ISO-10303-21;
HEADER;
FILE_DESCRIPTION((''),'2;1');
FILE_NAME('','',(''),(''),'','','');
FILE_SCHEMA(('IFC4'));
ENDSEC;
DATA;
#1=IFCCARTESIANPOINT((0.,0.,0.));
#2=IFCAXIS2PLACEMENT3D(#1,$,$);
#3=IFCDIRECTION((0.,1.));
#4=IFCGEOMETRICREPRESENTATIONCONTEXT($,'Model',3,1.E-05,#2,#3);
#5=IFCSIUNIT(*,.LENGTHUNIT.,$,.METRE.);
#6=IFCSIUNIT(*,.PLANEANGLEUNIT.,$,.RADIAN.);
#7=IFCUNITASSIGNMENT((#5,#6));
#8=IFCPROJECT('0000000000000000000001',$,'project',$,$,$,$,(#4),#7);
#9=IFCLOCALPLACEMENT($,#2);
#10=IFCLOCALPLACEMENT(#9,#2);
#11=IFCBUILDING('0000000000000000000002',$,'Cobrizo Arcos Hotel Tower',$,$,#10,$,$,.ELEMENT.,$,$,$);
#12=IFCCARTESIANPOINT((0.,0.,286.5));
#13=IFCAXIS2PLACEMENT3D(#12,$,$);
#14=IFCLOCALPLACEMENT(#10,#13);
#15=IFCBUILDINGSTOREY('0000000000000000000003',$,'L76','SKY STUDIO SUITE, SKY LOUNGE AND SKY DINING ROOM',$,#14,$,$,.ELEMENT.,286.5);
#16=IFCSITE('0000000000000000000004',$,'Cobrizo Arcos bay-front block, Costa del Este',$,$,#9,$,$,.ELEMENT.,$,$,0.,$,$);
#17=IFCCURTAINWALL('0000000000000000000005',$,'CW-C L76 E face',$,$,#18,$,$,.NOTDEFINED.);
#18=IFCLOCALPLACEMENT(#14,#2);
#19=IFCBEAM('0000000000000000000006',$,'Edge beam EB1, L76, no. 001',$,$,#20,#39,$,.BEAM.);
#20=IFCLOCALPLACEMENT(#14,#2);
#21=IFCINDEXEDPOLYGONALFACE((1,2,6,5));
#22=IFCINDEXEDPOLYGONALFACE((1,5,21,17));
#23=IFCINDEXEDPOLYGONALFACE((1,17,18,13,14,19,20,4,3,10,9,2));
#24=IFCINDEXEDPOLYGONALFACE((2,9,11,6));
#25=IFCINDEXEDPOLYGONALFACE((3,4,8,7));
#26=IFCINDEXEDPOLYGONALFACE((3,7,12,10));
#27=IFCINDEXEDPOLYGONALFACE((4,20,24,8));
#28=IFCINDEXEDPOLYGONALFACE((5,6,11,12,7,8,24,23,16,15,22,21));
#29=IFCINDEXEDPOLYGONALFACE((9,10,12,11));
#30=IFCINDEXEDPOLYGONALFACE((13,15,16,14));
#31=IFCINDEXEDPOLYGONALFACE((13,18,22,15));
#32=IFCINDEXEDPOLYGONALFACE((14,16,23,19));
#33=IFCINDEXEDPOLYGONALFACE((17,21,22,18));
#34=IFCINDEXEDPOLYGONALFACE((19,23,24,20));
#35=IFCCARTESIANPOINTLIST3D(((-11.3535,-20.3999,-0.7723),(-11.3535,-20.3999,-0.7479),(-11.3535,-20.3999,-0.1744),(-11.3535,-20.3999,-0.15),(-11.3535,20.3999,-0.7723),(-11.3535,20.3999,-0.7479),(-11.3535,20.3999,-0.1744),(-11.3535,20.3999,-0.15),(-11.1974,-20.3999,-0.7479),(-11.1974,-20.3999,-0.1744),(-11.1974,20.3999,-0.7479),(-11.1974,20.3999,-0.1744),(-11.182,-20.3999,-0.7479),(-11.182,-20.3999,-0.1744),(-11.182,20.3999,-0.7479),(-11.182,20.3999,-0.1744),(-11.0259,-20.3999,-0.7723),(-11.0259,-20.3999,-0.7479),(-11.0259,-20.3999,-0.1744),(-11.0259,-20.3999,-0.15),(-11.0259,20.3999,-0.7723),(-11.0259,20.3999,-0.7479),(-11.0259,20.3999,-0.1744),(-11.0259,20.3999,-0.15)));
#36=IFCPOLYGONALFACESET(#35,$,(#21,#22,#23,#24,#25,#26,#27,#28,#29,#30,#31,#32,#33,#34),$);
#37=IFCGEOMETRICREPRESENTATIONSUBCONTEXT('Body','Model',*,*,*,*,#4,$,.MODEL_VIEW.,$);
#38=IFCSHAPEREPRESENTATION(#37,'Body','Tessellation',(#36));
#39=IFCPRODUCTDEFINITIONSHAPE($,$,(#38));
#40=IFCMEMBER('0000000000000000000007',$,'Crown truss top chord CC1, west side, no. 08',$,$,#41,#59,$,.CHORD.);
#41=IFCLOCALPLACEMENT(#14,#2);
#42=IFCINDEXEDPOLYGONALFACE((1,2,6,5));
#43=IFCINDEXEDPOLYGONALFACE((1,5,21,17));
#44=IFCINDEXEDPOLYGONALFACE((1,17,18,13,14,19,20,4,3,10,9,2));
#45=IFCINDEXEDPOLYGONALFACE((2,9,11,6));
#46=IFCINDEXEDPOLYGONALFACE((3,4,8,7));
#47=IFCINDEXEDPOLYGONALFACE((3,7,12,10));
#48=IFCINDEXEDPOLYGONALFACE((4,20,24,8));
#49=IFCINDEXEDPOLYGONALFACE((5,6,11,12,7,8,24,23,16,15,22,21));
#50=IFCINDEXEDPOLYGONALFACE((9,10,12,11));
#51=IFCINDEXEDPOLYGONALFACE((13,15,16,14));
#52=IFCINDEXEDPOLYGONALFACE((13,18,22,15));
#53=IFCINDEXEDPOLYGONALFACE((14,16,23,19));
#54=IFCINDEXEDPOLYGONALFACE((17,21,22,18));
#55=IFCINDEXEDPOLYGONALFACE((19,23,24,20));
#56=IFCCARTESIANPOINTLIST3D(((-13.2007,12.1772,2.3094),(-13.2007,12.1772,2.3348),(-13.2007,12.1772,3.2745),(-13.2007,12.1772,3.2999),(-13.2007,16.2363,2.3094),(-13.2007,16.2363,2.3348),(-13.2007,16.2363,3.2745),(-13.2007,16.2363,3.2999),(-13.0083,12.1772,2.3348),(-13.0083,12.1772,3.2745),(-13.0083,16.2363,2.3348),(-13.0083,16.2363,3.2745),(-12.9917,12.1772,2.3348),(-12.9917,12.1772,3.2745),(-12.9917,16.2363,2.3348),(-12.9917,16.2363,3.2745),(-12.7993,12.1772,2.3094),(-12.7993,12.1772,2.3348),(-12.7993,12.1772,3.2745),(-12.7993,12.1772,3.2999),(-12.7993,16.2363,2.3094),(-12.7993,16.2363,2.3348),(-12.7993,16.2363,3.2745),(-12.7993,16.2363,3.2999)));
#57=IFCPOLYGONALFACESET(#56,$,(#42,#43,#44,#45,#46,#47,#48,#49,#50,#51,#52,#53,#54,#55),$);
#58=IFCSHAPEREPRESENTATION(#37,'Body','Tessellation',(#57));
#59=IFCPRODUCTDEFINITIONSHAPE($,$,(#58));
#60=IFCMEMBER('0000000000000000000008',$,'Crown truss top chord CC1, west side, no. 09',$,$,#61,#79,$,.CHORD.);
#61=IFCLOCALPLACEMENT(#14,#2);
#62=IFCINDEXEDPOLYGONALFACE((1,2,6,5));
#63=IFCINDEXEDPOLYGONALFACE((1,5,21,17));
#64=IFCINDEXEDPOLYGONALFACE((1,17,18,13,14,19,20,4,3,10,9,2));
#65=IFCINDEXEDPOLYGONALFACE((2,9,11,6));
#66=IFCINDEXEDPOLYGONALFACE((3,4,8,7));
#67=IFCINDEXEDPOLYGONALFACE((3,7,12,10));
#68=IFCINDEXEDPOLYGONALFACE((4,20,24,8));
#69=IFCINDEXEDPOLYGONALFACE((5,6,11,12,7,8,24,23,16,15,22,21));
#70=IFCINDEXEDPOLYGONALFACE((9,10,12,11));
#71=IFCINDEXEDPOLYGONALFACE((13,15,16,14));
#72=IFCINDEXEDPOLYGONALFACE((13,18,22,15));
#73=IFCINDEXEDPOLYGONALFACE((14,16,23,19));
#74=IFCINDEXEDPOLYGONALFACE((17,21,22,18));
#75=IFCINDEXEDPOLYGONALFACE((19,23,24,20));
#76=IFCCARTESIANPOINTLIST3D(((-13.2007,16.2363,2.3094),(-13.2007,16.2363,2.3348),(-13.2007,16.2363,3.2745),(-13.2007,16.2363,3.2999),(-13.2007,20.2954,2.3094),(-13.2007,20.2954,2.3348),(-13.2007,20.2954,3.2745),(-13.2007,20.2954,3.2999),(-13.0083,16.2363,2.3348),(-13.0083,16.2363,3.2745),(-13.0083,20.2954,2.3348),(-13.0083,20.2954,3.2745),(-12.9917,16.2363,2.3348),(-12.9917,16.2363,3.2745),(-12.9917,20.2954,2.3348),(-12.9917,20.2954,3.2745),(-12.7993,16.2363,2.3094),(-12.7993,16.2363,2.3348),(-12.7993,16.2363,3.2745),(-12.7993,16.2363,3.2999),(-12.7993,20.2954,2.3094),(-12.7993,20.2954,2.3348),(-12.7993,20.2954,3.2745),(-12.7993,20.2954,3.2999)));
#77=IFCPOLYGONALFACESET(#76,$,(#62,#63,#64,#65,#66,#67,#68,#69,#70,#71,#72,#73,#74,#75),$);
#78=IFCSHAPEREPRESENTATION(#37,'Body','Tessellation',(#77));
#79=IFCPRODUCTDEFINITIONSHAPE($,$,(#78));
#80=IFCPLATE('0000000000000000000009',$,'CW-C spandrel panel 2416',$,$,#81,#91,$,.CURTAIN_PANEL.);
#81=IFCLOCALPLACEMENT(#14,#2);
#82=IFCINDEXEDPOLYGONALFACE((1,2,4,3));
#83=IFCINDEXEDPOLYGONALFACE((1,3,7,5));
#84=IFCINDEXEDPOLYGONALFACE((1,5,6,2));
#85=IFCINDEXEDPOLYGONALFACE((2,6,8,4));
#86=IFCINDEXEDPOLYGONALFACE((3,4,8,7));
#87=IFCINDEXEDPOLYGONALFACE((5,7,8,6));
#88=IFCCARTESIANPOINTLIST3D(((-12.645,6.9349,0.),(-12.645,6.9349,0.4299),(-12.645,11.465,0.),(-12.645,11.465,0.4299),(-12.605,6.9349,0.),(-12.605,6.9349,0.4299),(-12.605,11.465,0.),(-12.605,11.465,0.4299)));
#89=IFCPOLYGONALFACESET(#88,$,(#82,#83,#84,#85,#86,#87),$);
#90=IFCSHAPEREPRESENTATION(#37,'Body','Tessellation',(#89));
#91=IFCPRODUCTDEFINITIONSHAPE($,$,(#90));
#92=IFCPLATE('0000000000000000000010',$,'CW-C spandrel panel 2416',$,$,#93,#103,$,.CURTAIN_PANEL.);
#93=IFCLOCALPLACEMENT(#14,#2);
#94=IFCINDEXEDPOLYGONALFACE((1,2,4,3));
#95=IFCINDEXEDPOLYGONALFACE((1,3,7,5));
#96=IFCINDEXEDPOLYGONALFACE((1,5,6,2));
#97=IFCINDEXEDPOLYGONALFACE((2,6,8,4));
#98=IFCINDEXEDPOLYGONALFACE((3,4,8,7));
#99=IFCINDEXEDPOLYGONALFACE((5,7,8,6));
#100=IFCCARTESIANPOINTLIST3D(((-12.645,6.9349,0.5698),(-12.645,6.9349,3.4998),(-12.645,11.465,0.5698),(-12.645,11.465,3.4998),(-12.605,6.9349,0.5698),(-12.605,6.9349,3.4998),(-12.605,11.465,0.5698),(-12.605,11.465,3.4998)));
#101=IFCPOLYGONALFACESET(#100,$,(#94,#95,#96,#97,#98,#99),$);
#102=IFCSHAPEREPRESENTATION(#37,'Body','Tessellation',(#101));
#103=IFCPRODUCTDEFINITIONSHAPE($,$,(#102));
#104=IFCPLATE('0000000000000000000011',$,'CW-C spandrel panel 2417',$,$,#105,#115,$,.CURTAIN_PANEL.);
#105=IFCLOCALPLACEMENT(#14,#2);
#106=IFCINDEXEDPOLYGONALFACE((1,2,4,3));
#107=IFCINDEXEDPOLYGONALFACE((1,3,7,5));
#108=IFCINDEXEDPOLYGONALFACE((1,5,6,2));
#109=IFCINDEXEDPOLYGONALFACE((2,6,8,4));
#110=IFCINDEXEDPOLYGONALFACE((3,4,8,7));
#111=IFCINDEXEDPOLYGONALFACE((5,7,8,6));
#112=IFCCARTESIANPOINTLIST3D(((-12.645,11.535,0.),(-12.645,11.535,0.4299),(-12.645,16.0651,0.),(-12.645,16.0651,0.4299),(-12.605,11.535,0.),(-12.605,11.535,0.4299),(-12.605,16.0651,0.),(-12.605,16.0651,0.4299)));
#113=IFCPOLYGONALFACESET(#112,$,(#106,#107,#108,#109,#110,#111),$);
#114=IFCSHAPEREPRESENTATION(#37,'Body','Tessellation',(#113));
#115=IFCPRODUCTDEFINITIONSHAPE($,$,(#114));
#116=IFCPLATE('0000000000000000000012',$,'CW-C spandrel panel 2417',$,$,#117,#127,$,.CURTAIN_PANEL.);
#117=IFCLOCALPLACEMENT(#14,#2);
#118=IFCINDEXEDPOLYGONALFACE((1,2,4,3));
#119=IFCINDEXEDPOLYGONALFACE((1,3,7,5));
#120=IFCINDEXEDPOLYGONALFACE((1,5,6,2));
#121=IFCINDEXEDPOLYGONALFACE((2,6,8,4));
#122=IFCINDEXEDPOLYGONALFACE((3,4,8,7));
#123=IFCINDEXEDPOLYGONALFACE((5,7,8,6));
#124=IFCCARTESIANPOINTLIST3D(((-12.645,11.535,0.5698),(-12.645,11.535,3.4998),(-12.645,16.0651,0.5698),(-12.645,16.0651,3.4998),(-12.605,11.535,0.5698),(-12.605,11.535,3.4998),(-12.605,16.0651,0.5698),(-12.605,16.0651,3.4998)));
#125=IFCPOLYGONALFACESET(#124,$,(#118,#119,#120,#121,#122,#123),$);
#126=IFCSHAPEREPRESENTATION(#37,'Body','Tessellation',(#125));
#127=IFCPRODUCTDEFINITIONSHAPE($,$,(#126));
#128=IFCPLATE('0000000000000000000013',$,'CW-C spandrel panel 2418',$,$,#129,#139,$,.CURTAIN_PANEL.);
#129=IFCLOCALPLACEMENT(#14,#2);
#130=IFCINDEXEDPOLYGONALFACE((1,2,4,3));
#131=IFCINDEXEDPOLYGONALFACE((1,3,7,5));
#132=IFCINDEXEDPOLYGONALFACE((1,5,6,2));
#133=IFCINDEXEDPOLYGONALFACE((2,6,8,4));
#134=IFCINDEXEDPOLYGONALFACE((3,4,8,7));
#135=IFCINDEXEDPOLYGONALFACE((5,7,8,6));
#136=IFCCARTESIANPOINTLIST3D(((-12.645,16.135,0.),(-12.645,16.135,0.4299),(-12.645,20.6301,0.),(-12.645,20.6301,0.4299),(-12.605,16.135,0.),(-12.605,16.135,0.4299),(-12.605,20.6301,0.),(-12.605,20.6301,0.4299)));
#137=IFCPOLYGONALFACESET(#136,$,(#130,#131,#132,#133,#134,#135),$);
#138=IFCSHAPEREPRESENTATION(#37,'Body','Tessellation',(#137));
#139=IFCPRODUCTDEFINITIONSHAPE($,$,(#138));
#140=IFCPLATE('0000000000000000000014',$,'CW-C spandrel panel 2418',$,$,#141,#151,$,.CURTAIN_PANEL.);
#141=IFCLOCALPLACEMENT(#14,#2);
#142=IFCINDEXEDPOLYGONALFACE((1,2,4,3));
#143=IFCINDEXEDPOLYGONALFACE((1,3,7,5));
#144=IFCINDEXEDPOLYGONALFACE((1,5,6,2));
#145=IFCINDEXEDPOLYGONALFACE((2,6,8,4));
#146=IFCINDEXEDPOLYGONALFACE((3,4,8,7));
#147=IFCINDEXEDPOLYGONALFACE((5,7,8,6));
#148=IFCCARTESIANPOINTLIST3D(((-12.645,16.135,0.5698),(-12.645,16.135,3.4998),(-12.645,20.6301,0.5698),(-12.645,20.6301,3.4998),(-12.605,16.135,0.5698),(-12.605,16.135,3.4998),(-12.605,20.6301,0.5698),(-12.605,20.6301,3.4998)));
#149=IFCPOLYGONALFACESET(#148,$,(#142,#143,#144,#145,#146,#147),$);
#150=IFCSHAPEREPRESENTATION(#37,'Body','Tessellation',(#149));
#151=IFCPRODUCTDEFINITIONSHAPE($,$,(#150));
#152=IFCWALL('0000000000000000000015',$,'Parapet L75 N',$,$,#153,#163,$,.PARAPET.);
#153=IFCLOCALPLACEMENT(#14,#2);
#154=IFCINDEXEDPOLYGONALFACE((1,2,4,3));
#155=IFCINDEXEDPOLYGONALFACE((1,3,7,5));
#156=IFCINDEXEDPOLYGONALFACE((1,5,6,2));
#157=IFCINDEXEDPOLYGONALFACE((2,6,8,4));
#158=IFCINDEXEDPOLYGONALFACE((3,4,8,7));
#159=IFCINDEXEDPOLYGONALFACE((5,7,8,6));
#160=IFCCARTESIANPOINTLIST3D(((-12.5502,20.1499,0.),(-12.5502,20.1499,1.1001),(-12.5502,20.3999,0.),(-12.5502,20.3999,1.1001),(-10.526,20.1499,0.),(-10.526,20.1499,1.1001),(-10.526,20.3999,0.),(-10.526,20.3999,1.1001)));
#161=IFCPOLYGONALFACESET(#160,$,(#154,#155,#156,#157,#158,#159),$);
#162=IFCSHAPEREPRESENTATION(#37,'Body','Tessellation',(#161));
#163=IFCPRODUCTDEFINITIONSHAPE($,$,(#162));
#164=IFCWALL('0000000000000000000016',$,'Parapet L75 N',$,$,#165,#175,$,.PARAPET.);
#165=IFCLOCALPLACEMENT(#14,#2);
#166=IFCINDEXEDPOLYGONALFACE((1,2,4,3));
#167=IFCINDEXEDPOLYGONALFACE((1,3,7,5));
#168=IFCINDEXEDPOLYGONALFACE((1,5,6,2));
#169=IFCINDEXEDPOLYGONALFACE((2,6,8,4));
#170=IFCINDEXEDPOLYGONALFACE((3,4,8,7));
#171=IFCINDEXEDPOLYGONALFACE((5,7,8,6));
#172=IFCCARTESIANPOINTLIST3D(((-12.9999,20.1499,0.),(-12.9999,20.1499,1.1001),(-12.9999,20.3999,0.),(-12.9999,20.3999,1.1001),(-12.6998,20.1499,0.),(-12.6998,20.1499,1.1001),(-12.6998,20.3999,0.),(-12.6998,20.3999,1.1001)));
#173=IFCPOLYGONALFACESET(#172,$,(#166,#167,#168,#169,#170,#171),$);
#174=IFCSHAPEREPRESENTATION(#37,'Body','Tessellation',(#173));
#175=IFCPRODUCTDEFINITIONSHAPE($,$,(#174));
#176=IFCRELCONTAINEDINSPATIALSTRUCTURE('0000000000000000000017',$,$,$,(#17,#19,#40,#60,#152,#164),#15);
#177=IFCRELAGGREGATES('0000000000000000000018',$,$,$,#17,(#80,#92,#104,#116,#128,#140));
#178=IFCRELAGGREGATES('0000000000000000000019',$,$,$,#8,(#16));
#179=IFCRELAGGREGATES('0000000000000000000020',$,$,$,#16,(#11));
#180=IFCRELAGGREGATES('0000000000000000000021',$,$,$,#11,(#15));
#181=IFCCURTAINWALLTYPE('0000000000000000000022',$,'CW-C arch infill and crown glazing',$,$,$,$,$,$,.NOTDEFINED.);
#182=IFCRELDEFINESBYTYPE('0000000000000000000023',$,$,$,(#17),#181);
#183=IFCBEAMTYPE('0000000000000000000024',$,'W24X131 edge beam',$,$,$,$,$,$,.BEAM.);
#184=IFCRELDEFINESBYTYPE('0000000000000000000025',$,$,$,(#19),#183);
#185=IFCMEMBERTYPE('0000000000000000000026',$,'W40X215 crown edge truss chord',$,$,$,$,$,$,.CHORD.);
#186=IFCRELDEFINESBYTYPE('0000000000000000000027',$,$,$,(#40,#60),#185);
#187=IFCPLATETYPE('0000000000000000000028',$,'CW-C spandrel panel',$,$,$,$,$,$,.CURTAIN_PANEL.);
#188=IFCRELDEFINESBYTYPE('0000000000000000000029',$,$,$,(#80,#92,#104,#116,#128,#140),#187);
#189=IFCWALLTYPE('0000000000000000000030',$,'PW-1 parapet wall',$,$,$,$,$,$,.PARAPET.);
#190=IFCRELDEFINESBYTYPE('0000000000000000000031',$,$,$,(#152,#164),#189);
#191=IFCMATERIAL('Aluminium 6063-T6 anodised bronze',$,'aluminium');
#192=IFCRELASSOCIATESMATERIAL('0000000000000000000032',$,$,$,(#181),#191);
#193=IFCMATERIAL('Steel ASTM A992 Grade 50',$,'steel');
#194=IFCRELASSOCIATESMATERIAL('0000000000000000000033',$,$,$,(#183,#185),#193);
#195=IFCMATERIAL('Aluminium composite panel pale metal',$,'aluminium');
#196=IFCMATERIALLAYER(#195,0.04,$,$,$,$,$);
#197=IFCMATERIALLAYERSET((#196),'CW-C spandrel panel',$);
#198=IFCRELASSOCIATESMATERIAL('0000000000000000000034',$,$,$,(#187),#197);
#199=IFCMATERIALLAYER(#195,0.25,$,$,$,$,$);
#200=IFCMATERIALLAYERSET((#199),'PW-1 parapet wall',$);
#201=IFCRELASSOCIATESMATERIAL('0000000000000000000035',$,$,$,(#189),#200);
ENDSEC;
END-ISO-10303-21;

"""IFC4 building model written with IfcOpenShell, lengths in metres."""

from ifc_helpers import new_model, si_unit, direction, frame, frame_2d, origin, origin_2d, place, context, subcontext, project, spatial, rectangle, i_section, extrude, material, layer, layer_set, material_profile, profile_set, type_object, element, aggregate, save


model = new_model("IFC4")

# Units and contexts
model_context = context("Model", 3, precision=1e-05, world=origin(), true_north=direction((0.0, 1.0)))
body_context = subcontext(model_context, "Body", "Model", "MODEL_VIEW")
ifc_project = project(units=[si_unit("LENGTHUNIT", "METRE"), si_unit("PLANEANGLEUNIT", "RADIAN")], contexts=[model_context])

# Site, building, storey
site_placement = place(None, origin())
site = spatial("IfcSite", under=ifc_project, at=site_placement, Name="Cobrizo Arcos bay-front block, Costa del Este", CompositionType="ELEMENT", RefElevation=0.0)
building_placement = place(site_placement, origin())
building = spatial("IfcBuilding", under=site, at=building_placement, Name="Cobrizo Arcos Hotel Tower", CompositionType="ELEMENT")
storey_placement = place(building_placement, frame((0.0, 0.0, 286.5)))
storey = spatial("IfcBuildingStorey", under=building, at=storey_placement, Name="L76", Description="SKY STUDIO SUITE, SKY LOUNGE AND SKY DINING ROOM", CompositionType="ELEMENT", Elevation=286.5)

# Shared definitions
ifc_material_1 = material(Name="Aluminium 6063-T6 anodised bronze", Category="aluminium")

# Curtain wall
curtain_wall_type_1 = type_object("IfcCurtainWallType", Name="CW-C arch infill and crown glazing", PredefinedType="NOTDEFINED", material=ifc_material_1)
curtain_wall_1_placement = place(storey_placement, origin())
curtain_wall_1 = element("IfcCurtainWall", 1, at=curtain_wall_1_placement, inside=storey, type_object=curtain_wall_type_1, Name="CW-C L76 E face", PredefinedType="NOTDEFINED")

# Shared definitions
ifc_material_2 = material(Name="Steel ASTM A992 Grade 50", Category="steel")

# Beam
ifc_material_profile_1 = material_profile(ifc_material_2, i_section(OverallWidth=0.3276, OverallDepth=0.6223, WebThickness=0.0154, FlangeThickness=0.0244, at=origin_2d()), Name="W24X131")
ifc_profile_set_1 = profile_set([ifc_material_profile_1], Name="Steel ASTM A992 Grade 50")
beam_type = type_object("IfcBeamType", Name="W24X131 edge beam", PredefinedType="BEAM", material=ifc_profile_set_1)
beam_placement = place(storey_placement, frame((-11.1897, 20.3999, -0.4612), z_axis=(0.0, -1.0, 0.0), x_axis=(1.0, 0.0, 0.0)))
element("IfcBeam", 2, at=beam_placement, inside=storey, type_object=beam_type, Name="Edge beam EB1, L76, no. 001", PredefinedType="BEAM", context=body_context, shape_type="SweptSolid", body=[
    extrude(i_section(OverallWidth=0.3276, OverallDepth=0.6223, WebThickness=0.0154, FlangeThickness=0.0244, at=origin_2d()), origin(), (0.0, 0.0, 1.0), 40.7998),
])

# Members
ifc_material_profile_2 = material_profile(ifc_material_2, i_section(OverallWidth=0.4014, OverallDepth=0.9905, WebThickness=0.0166, FlangeThickness=0.0254, at=origin_2d()), Name="W40X215")
ifc_profile_set_2 = profile_set([ifc_material_profile_2], Name="Steel ASTM A992 Grade 50")
member_type_1 = type_object("IfcMemberType", Name="W40X215 crown edge truss chord", PredefinedType="CHORD", material=ifc_profile_set_2)
for number, where, z_axis, x_axis, name in (
    (3, (-13.0, 12.1772, 2.8047), (0.0, 1.0, 0.0), (-1.0, 0.0, 0.0), "Crown truss top chord CC1, west side, no. 08"),
    (4, (-13.0, 16.2363, 2.8047), (0.0, 1.0, 0.0), (-1.0, 0.0, 0.0), "Crown truss top chord CC1, west side, no. 09"),
):
    element("IfcMember", number, at=place(storey_placement, frame(where, z_axis=z_axis, x_axis=x_axis)), inside=storey, type_object=member_type_1, Name=name, PredefinedType="CHORD", context=body_context, shape_type="SweptSolid", body=[
        extrude(i_section(OverallWidth=0.4014, OverallDepth=0.9905, WebThickness=0.0166, FlangeThickness=0.0254, at=origin_2d()), origin(), (0.0, 0.0, 1.0), 4.0591),
    ])

# Plates
ifc_material_3 = material(Name="Aluminium composite panel pale metal", Category="aluminium")
ifc_layer_1 = layer(ifc_material_3, 0.04)
ifc_layer_set_1 = layer_set([ifc_layer_1], Name="CW-C spandrel panel")
plate_type = type_object("IfcPlateType", Name="CW-C spandrel panel", PredefinedType="CURTAIN_PANEL", material=ifc_layer_set_1)
plate_1_placement = place(storey_placement, frame((-12.625, 9.2, 0.0), z_axis=(0.0, 0.0, 1.0), x_axis=(0.0, 1.0, 0.0)))
plate_1 = element("IfcPlate", 5, at=plate_1_placement, type_object=plate_type, Name="CW-C spandrel panel 2416", PredefinedType="CURTAIN_PANEL", context=body_context, shape_type="SweptSolid", body=[
    extrude(rectangle(XDim=4.53, YDim=0.04, at=origin_2d()), origin(), (0.0, 0.0, 1.0), 0.4299),
])
plate_2_placement = place(storey_placement, frame((-12.625, 9.2, 0.5698), z_axis=(0.0, 0.0, 1.0), x_axis=(0.0, 1.0, 0.0)))
plate_2 = element("IfcPlate", 6, at=plate_2_placement, type_object=plate_type, Name="CW-C spandrel panel 2416", PredefinedType="CURTAIN_PANEL", context=body_context, shape_type="SweptSolid", body=[
    extrude(rectangle(XDim=4.53, YDim=0.04, at=origin_2d()), origin(), (0.0, 0.0, 1.0), 2.9299),
])
plate_3_placement = place(storey_placement, frame((-12.625, 13.8, 0.0), z_axis=(0.0, 0.0, 1.0), x_axis=(0.0, 1.0, 0.0)))
plate_3 = element("IfcPlate", 7, at=plate_3_placement, type_object=plate_type, Name="CW-C spandrel panel 2417", PredefinedType="CURTAIN_PANEL", context=body_context, shape_type="SweptSolid", body=[
    extrude(rectangle(XDim=4.53, YDim=0.04, at=origin_2d()), origin(), (0.0, 0.0, 1.0), 0.4299),
])
plate_4_placement = place(storey_placement, frame((-12.625, 13.8, 0.5698), z_axis=(0.0, 0.0, 1.0), x_axis=(0.0, 1.0, 0.0)))
plate_4 = element("IfcPlate", 8, at=plate_4_placement, type_object=plate_type, Name="CW-C spandrel panel 2417", PredefinedType="CURTAIN_PANEL", context=body_context, shape_type="SweptSolid", body=[
    extrude(rectangle(XDim=4.53, YDim=0.04, at=origin_2d()), origin(), (0.0, 0.0, 1.0), 2.9299),
])
plate_5_placement = place(storey_placement, frame((-12.625, 18.3826, 0.0), z_axis=(0.0, 0.0, 1.0), x_axis=(0.0, 1.0, 0.0)))
plate_5 = element("IfcPlate", 9, at=plate_5_placement, type_object=plate_type, Name="CW-C spandrel panel 2418", PredefinedType="CURTAIN_PANEL", context=body_context, shape_type="SweptSolid", body=[
    extrude(rectangle(XDim=4.4951, YDim=0.04, at=origin_2d()), origin(), (0.0, 0.0, 1.0), 0.4299),
])
plate_6_placement = place(storey_placement, frame((-12.625, 18.3826, 0.5698), z_axis=(0.0, 0.0, 1.0), x_axis=(0.0, 1.0, 0.0)))
plate_6 = element("IfcPlate", 10, at=plate_6_placement, type_object=plate_type, Name="CW-C spandrel panel 2418", PredefinedType="CURTAIN_PANEL", context=body_context, shape_type="SweptSolid", body=[
    extrude(rectangle(XDim=4.4951, YDim=0.04, at=origin_2d()), origin(), (0.0, 0.0, 1.0), 2.9299),
])
aggregate(curtain_wall_1, [plate_1, plate_2, plate_3, plate_4, plate_5, plate_6])

# Walls
ifc_layer_2 = layer(ifc_material_3, 0.25)
ifc_layer_set_2 = layer_set([ifc_layer_2], Name="PW-1 parapet wall")
wall_type = type_object("IfcWallType", Name="PW-1 parapet wall", PredefinedType="PARAPET", material=ifc_layer_set_2)
wall_1_placement = place(storey_placement, frame((-10.5259, 20.2749, 0.0), z_axis=(0.0, 0.0, 1.0), x_axis=(-1.0, 0.0, 0.0)))
element("IfcWall", 11, at=wall_1_placement, inside=storey, type_object=wall_type, Name="Parapet L75 N", PredefinedType="PARAPET", context=body_context, shape_type="SweptSolid", body=[
    extrude(rectangle(XDim=2.0242, YDim=0.25, at=frame_2d((1.0122, 0.0))), origin(), (0.0, 0.0, 1.0), 1.1001),
])
wall_2_placement = place(storey_placement, frame((-12.7, 20.2749, 0.0), z_axis=(0.0, 0.0, 1.0), x_axis=(-1.0, 0.0, 0.0)))
element("IfcWall", 12, at=wall_2_placement, inside=storey, type_object=wall_type, Name="Parapet L75 N", PredefinedType="PARAPET", context=body_context, shape_type="SweptSolid", body=[
    extrude(rectangle(XDim=0.3, YDim=0.25, at=frame_2d((0.1499, 0.0))), origin(), (0.0, 0.0, 1.0), 1.1001),
])

save(model, "model.ifc")
